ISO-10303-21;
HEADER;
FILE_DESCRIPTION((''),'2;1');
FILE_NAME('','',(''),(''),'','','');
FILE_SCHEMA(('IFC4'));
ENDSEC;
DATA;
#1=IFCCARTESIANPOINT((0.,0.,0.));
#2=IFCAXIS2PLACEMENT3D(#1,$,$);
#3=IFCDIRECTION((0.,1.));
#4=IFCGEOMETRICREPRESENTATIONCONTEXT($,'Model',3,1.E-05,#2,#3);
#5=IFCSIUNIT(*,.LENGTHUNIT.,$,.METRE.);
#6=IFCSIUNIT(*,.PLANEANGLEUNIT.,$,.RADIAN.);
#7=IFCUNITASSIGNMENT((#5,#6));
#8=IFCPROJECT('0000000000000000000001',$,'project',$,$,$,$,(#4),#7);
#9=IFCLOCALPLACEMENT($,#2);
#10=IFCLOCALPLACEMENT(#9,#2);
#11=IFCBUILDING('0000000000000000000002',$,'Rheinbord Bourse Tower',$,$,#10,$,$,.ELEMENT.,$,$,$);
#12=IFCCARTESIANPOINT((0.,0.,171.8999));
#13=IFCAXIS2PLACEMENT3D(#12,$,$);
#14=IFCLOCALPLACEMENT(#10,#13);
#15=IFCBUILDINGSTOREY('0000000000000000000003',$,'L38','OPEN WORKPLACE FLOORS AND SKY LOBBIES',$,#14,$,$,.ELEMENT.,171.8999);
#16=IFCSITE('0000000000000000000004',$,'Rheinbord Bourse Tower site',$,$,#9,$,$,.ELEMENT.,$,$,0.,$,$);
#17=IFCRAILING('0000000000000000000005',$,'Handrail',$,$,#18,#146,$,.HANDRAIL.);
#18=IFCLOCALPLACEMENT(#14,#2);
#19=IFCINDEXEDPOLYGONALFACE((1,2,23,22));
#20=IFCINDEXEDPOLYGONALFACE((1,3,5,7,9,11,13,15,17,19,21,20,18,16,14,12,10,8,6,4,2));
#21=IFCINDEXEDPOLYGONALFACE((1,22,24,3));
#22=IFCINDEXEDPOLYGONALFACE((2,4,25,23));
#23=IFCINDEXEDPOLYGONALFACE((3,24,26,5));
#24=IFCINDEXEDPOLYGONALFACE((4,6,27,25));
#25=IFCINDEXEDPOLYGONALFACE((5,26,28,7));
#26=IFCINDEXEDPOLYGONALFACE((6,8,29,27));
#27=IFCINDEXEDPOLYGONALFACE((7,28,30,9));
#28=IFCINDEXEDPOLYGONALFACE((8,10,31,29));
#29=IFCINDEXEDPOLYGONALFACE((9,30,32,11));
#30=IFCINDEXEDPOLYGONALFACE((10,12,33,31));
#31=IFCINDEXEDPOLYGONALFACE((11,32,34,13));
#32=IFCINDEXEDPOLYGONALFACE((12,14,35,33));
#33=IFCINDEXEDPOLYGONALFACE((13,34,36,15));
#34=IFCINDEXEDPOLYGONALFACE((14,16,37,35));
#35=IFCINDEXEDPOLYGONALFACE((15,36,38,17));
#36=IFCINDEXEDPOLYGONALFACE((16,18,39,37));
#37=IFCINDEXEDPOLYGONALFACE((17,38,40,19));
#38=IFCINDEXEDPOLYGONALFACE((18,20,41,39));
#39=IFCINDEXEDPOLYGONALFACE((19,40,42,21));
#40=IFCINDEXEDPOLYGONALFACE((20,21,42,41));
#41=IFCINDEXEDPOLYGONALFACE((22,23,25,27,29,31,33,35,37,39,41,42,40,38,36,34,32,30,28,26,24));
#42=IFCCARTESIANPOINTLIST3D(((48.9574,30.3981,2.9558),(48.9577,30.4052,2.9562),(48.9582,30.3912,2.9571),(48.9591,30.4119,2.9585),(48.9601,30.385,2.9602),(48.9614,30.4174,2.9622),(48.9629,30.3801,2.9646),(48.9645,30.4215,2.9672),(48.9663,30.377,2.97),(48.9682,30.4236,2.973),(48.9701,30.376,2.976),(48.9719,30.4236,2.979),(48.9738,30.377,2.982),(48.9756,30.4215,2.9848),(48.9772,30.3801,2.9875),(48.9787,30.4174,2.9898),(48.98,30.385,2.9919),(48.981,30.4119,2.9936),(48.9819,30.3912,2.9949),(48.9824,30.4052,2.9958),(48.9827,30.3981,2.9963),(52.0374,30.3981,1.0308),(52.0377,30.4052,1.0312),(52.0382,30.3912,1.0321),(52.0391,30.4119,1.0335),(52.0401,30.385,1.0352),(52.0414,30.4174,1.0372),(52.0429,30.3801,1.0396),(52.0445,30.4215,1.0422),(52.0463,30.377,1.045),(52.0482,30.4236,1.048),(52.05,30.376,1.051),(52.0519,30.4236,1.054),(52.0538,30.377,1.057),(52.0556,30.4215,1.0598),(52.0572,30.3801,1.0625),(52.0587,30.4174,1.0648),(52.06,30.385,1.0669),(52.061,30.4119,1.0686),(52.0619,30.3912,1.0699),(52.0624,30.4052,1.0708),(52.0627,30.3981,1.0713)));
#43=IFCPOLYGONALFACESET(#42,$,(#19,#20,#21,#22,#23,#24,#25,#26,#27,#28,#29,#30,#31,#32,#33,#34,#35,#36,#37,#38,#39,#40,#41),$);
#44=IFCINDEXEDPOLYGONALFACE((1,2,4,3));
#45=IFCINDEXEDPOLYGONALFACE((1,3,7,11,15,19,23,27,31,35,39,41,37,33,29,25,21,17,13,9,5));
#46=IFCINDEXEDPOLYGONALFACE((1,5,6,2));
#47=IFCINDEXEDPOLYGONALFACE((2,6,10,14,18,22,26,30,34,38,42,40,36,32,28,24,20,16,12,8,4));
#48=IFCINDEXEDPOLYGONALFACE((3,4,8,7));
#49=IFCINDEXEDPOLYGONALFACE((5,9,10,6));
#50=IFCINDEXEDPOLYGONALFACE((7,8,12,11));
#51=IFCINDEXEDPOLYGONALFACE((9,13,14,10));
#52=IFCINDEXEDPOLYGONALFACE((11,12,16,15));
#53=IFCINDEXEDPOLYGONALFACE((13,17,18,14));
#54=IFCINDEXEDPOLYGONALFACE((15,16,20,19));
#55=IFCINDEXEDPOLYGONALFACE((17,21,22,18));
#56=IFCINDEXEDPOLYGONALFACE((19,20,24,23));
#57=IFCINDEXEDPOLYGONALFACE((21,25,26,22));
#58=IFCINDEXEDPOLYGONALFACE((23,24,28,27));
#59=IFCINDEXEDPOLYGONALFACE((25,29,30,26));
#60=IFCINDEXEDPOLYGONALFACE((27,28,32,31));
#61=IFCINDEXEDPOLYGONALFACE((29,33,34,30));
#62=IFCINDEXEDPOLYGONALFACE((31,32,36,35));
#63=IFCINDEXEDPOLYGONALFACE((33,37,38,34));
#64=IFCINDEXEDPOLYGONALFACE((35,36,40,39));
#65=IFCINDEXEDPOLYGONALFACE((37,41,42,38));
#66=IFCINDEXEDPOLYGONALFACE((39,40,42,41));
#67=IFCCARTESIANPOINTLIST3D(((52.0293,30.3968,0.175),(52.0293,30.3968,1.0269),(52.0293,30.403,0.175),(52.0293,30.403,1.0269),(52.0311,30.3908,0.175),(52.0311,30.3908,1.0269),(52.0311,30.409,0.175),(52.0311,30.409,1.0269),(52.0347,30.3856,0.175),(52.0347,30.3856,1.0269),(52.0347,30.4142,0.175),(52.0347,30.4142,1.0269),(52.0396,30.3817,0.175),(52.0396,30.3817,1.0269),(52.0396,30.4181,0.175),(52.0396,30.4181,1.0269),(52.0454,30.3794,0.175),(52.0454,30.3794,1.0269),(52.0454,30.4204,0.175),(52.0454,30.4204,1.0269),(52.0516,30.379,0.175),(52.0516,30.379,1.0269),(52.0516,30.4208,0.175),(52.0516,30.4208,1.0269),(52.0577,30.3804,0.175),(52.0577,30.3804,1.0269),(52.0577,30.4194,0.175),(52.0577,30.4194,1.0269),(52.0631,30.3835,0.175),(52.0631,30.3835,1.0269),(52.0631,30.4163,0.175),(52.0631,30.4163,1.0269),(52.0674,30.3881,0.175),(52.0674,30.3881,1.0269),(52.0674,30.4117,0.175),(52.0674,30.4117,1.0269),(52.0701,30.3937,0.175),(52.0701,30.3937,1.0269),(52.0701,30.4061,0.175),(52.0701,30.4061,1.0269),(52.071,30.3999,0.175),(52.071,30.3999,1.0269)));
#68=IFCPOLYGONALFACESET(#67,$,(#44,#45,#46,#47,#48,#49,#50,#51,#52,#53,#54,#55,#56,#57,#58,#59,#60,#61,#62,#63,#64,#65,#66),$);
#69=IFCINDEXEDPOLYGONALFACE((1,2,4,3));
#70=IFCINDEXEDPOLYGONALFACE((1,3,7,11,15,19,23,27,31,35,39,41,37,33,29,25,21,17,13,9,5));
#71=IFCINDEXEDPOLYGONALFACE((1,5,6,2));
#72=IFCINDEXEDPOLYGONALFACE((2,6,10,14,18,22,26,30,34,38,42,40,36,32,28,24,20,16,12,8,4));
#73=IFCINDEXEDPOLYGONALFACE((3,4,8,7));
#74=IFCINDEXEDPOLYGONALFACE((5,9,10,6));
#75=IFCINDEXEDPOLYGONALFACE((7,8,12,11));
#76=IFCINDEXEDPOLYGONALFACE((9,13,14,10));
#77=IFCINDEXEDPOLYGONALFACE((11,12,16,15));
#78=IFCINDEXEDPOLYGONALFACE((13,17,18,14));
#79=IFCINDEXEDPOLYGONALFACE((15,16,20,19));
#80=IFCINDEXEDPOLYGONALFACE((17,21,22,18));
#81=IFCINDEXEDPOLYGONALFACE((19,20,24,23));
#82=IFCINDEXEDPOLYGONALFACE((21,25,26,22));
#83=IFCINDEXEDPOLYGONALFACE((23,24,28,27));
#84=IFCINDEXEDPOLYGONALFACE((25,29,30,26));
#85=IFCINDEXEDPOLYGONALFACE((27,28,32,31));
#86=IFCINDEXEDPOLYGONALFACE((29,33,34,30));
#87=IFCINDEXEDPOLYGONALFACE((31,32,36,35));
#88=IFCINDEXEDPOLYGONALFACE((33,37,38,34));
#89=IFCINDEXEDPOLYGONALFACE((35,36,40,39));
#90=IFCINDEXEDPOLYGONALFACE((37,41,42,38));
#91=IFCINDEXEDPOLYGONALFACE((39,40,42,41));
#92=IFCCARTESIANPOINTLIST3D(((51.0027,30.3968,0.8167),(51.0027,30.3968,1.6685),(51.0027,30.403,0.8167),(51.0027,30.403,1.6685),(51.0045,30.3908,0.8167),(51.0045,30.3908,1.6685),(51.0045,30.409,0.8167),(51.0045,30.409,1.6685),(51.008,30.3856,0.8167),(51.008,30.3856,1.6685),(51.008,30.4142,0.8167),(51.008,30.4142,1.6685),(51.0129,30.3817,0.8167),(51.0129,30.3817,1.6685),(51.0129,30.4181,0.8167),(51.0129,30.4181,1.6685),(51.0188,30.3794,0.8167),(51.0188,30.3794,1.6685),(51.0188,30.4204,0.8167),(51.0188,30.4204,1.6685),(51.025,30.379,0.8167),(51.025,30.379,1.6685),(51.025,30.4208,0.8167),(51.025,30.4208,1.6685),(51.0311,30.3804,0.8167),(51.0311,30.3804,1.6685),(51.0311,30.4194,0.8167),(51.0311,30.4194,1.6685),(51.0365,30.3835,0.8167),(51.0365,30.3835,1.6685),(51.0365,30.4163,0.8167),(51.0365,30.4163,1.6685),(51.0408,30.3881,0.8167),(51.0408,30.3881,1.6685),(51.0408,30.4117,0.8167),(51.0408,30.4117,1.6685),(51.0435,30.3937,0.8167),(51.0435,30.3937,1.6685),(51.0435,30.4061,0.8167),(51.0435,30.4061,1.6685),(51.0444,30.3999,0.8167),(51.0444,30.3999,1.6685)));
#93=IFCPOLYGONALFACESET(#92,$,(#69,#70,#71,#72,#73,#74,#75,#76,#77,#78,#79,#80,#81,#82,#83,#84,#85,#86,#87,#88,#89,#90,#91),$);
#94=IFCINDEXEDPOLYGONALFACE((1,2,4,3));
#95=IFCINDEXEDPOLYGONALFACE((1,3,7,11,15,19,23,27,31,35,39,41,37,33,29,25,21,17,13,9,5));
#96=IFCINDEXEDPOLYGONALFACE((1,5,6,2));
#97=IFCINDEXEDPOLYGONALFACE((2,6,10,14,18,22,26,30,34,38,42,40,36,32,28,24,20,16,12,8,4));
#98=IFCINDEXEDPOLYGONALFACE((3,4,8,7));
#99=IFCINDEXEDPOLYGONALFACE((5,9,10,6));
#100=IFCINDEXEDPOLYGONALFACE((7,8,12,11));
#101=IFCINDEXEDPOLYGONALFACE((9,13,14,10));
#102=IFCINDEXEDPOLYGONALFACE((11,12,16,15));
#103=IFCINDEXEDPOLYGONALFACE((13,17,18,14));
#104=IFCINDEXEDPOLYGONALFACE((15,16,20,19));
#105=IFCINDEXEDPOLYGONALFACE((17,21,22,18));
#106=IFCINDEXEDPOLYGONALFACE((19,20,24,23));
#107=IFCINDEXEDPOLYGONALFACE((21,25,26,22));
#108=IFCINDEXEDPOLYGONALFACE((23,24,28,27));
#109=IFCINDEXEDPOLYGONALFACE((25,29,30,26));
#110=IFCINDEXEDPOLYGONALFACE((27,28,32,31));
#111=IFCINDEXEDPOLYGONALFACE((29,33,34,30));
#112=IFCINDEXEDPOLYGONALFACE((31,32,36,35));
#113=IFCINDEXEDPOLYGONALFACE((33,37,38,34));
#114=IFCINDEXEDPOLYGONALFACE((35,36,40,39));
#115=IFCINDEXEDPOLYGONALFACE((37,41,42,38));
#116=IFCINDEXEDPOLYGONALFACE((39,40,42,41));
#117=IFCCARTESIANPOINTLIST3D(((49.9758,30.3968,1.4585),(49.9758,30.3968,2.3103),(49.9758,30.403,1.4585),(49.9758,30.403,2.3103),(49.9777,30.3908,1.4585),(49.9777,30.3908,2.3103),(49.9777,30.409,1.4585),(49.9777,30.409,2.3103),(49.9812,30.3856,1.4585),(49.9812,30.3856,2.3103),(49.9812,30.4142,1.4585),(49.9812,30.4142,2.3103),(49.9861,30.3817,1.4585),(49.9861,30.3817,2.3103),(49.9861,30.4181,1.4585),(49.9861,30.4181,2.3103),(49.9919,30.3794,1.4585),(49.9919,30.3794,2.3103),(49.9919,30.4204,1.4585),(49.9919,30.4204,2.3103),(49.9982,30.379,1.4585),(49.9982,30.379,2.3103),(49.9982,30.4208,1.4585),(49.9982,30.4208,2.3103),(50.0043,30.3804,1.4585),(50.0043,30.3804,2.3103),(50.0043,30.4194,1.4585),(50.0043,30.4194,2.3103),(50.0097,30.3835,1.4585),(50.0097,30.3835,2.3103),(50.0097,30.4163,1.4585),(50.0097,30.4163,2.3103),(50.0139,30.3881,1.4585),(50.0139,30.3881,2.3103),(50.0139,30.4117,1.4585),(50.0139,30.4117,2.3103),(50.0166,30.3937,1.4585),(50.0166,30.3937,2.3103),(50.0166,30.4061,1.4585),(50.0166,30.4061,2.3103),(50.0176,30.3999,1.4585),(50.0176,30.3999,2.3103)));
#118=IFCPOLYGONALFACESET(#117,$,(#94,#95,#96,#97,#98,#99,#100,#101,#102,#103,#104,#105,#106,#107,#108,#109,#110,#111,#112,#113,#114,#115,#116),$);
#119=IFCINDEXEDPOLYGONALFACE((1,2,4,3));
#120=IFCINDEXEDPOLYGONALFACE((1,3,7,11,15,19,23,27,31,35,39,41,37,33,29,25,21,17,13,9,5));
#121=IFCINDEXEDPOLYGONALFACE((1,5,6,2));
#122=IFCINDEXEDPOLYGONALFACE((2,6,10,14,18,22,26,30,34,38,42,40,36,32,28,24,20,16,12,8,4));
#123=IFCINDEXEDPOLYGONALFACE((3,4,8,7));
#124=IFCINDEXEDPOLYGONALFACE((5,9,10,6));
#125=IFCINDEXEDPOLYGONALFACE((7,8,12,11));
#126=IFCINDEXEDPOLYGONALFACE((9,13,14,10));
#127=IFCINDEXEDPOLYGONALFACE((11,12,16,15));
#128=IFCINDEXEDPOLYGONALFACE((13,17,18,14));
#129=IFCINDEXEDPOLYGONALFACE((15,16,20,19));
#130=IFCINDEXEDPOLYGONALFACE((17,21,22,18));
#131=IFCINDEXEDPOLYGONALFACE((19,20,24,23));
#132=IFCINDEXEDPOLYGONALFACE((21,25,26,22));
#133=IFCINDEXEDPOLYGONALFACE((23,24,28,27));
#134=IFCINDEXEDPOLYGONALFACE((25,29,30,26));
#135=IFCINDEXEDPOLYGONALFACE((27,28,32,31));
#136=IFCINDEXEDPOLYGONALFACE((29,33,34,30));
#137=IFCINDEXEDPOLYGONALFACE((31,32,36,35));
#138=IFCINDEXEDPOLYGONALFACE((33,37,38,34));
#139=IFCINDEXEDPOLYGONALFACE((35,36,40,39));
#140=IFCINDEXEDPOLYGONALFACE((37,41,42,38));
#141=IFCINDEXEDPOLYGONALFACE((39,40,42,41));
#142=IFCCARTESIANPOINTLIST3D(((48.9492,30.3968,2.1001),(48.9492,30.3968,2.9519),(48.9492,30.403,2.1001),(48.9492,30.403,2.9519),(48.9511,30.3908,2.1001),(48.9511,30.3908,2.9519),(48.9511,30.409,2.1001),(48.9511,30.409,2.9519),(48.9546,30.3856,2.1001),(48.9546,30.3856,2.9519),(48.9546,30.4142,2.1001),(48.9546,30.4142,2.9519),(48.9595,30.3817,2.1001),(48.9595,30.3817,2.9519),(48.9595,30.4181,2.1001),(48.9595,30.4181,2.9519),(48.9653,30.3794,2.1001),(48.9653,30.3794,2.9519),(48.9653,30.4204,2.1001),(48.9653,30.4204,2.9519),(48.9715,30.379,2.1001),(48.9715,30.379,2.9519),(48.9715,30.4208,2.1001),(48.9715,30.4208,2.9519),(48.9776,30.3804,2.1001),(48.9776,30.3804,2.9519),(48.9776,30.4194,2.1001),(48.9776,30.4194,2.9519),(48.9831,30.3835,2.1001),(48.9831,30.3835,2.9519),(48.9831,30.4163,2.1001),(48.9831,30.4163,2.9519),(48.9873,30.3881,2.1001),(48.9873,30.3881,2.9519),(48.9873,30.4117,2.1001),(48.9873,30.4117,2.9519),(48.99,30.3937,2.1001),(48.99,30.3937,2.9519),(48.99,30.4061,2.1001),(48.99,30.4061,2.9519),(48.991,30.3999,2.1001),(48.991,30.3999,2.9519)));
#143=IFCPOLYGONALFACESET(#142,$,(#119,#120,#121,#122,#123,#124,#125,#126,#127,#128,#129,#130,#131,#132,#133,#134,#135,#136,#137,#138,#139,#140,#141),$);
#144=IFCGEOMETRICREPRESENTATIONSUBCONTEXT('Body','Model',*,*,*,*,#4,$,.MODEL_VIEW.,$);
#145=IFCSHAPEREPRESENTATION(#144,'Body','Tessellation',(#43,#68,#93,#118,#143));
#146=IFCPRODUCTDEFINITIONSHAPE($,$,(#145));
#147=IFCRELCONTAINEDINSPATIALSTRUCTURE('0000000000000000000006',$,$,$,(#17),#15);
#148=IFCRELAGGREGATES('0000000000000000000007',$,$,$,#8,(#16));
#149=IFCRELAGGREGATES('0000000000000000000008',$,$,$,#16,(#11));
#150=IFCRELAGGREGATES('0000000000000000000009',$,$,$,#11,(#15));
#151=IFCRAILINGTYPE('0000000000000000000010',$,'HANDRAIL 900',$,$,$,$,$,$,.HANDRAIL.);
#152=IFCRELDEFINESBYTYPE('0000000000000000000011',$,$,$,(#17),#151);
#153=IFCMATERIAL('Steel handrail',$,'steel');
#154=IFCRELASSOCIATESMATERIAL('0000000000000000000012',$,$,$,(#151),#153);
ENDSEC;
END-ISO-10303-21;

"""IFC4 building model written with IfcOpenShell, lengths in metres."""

from ifc_helpers import new_model, si_unit, direction, frame, origin, origin_2d, place, context, subcontext, project, spatial, circle, extrude, material, type_object, element, save


model = new_model("IFC4")

# Units and contexts
model_context = context("Model", 3, precision=1e-05, world=origin(), true_north=direction((0.0, 1.0)))
body_context = subcontext(model_context, "Body", "Model", "MODEL_VIEW")
ifc_project = project(units=[si_unit("LENGTHUNIT", "METRE"), si_unit("PLANEANGLEUNIT", "RADIAN")], contexts=[model_context])

# Site, building, storey
site_placement = place(None, origin())
site = spatial("IfcSite", under=ifc_project, at=site_placement, Name="Rheinbord Bourse Tower site", CompositionType="ELEMENT", RefElevation=0.0)
building_placement = place(site_placement, origin())
building = spatial("IfcBuilding", under=site, at=building_placement, Name="Rheinbord Bourse Tower", CompositionType="ELEMENT")
storey_placement = place(building_placement, frame((0.0, 0.0, 171.8999)))
storey = spatial("IfcBuildingStorey", under=building, at=storey_placement, Name="L38", Description="OPEN WORKPLACE FLOORS AND SKY LOBBIES", CompositionType="ELEMENT", Elevation=171.8999)

# Railing
ifc_material_1 = material(Name="Steel handrail", Category="steel")
railing_type = type_object("IfcRailingType", Name="HANDRAIL 900", PredefinedType="HANDRAIL", material=ifc_material_1)
railing_1_placement = place(storey_placement, frame((52.05, 30.3999, 0.175)))
element("IfcRailing", 1, at=railing_1_placement, inside=storey, type_object=railing_type, Name="Handrail", PredefinedType="HANDRAIL", context=body_context, shape_type="SweptSolid", body=[
    extrude(circle(Radius=0.0239, at=origin_2d()), frame((0.0, 0.0, 0.876), z_axis=(-0.847998, 0.0, 0.529999), x_axis=(0.0, -1.0, 0.0)), (0.0, 0.0, 1.0), 3.6321),
    extrude(circle(Radius=0.021, at=origin_2d()), origin(), (0.0, 0.0, 1.0), 0.8518),
    extrude(circle(Radius=0.021, at=origin_2d()), frame((-1.0266, 0.0, 0.6416)), (0.0, 0.0, 1.0), 0.8518),
    extrude(circle(Radius=0.021, at=origin_2d()), frame((-2.0535, 0.0, 1.2834)), (0.0, 0.0, 1.0), 0.8518),
    extrude(circle(Radius=0.021, at=origin_2d()), frame((-3.0801, 0.0, 1.925)), (0.0, 0.0, 1.0), 0.8518),
])

save(model, "model.ifc")
